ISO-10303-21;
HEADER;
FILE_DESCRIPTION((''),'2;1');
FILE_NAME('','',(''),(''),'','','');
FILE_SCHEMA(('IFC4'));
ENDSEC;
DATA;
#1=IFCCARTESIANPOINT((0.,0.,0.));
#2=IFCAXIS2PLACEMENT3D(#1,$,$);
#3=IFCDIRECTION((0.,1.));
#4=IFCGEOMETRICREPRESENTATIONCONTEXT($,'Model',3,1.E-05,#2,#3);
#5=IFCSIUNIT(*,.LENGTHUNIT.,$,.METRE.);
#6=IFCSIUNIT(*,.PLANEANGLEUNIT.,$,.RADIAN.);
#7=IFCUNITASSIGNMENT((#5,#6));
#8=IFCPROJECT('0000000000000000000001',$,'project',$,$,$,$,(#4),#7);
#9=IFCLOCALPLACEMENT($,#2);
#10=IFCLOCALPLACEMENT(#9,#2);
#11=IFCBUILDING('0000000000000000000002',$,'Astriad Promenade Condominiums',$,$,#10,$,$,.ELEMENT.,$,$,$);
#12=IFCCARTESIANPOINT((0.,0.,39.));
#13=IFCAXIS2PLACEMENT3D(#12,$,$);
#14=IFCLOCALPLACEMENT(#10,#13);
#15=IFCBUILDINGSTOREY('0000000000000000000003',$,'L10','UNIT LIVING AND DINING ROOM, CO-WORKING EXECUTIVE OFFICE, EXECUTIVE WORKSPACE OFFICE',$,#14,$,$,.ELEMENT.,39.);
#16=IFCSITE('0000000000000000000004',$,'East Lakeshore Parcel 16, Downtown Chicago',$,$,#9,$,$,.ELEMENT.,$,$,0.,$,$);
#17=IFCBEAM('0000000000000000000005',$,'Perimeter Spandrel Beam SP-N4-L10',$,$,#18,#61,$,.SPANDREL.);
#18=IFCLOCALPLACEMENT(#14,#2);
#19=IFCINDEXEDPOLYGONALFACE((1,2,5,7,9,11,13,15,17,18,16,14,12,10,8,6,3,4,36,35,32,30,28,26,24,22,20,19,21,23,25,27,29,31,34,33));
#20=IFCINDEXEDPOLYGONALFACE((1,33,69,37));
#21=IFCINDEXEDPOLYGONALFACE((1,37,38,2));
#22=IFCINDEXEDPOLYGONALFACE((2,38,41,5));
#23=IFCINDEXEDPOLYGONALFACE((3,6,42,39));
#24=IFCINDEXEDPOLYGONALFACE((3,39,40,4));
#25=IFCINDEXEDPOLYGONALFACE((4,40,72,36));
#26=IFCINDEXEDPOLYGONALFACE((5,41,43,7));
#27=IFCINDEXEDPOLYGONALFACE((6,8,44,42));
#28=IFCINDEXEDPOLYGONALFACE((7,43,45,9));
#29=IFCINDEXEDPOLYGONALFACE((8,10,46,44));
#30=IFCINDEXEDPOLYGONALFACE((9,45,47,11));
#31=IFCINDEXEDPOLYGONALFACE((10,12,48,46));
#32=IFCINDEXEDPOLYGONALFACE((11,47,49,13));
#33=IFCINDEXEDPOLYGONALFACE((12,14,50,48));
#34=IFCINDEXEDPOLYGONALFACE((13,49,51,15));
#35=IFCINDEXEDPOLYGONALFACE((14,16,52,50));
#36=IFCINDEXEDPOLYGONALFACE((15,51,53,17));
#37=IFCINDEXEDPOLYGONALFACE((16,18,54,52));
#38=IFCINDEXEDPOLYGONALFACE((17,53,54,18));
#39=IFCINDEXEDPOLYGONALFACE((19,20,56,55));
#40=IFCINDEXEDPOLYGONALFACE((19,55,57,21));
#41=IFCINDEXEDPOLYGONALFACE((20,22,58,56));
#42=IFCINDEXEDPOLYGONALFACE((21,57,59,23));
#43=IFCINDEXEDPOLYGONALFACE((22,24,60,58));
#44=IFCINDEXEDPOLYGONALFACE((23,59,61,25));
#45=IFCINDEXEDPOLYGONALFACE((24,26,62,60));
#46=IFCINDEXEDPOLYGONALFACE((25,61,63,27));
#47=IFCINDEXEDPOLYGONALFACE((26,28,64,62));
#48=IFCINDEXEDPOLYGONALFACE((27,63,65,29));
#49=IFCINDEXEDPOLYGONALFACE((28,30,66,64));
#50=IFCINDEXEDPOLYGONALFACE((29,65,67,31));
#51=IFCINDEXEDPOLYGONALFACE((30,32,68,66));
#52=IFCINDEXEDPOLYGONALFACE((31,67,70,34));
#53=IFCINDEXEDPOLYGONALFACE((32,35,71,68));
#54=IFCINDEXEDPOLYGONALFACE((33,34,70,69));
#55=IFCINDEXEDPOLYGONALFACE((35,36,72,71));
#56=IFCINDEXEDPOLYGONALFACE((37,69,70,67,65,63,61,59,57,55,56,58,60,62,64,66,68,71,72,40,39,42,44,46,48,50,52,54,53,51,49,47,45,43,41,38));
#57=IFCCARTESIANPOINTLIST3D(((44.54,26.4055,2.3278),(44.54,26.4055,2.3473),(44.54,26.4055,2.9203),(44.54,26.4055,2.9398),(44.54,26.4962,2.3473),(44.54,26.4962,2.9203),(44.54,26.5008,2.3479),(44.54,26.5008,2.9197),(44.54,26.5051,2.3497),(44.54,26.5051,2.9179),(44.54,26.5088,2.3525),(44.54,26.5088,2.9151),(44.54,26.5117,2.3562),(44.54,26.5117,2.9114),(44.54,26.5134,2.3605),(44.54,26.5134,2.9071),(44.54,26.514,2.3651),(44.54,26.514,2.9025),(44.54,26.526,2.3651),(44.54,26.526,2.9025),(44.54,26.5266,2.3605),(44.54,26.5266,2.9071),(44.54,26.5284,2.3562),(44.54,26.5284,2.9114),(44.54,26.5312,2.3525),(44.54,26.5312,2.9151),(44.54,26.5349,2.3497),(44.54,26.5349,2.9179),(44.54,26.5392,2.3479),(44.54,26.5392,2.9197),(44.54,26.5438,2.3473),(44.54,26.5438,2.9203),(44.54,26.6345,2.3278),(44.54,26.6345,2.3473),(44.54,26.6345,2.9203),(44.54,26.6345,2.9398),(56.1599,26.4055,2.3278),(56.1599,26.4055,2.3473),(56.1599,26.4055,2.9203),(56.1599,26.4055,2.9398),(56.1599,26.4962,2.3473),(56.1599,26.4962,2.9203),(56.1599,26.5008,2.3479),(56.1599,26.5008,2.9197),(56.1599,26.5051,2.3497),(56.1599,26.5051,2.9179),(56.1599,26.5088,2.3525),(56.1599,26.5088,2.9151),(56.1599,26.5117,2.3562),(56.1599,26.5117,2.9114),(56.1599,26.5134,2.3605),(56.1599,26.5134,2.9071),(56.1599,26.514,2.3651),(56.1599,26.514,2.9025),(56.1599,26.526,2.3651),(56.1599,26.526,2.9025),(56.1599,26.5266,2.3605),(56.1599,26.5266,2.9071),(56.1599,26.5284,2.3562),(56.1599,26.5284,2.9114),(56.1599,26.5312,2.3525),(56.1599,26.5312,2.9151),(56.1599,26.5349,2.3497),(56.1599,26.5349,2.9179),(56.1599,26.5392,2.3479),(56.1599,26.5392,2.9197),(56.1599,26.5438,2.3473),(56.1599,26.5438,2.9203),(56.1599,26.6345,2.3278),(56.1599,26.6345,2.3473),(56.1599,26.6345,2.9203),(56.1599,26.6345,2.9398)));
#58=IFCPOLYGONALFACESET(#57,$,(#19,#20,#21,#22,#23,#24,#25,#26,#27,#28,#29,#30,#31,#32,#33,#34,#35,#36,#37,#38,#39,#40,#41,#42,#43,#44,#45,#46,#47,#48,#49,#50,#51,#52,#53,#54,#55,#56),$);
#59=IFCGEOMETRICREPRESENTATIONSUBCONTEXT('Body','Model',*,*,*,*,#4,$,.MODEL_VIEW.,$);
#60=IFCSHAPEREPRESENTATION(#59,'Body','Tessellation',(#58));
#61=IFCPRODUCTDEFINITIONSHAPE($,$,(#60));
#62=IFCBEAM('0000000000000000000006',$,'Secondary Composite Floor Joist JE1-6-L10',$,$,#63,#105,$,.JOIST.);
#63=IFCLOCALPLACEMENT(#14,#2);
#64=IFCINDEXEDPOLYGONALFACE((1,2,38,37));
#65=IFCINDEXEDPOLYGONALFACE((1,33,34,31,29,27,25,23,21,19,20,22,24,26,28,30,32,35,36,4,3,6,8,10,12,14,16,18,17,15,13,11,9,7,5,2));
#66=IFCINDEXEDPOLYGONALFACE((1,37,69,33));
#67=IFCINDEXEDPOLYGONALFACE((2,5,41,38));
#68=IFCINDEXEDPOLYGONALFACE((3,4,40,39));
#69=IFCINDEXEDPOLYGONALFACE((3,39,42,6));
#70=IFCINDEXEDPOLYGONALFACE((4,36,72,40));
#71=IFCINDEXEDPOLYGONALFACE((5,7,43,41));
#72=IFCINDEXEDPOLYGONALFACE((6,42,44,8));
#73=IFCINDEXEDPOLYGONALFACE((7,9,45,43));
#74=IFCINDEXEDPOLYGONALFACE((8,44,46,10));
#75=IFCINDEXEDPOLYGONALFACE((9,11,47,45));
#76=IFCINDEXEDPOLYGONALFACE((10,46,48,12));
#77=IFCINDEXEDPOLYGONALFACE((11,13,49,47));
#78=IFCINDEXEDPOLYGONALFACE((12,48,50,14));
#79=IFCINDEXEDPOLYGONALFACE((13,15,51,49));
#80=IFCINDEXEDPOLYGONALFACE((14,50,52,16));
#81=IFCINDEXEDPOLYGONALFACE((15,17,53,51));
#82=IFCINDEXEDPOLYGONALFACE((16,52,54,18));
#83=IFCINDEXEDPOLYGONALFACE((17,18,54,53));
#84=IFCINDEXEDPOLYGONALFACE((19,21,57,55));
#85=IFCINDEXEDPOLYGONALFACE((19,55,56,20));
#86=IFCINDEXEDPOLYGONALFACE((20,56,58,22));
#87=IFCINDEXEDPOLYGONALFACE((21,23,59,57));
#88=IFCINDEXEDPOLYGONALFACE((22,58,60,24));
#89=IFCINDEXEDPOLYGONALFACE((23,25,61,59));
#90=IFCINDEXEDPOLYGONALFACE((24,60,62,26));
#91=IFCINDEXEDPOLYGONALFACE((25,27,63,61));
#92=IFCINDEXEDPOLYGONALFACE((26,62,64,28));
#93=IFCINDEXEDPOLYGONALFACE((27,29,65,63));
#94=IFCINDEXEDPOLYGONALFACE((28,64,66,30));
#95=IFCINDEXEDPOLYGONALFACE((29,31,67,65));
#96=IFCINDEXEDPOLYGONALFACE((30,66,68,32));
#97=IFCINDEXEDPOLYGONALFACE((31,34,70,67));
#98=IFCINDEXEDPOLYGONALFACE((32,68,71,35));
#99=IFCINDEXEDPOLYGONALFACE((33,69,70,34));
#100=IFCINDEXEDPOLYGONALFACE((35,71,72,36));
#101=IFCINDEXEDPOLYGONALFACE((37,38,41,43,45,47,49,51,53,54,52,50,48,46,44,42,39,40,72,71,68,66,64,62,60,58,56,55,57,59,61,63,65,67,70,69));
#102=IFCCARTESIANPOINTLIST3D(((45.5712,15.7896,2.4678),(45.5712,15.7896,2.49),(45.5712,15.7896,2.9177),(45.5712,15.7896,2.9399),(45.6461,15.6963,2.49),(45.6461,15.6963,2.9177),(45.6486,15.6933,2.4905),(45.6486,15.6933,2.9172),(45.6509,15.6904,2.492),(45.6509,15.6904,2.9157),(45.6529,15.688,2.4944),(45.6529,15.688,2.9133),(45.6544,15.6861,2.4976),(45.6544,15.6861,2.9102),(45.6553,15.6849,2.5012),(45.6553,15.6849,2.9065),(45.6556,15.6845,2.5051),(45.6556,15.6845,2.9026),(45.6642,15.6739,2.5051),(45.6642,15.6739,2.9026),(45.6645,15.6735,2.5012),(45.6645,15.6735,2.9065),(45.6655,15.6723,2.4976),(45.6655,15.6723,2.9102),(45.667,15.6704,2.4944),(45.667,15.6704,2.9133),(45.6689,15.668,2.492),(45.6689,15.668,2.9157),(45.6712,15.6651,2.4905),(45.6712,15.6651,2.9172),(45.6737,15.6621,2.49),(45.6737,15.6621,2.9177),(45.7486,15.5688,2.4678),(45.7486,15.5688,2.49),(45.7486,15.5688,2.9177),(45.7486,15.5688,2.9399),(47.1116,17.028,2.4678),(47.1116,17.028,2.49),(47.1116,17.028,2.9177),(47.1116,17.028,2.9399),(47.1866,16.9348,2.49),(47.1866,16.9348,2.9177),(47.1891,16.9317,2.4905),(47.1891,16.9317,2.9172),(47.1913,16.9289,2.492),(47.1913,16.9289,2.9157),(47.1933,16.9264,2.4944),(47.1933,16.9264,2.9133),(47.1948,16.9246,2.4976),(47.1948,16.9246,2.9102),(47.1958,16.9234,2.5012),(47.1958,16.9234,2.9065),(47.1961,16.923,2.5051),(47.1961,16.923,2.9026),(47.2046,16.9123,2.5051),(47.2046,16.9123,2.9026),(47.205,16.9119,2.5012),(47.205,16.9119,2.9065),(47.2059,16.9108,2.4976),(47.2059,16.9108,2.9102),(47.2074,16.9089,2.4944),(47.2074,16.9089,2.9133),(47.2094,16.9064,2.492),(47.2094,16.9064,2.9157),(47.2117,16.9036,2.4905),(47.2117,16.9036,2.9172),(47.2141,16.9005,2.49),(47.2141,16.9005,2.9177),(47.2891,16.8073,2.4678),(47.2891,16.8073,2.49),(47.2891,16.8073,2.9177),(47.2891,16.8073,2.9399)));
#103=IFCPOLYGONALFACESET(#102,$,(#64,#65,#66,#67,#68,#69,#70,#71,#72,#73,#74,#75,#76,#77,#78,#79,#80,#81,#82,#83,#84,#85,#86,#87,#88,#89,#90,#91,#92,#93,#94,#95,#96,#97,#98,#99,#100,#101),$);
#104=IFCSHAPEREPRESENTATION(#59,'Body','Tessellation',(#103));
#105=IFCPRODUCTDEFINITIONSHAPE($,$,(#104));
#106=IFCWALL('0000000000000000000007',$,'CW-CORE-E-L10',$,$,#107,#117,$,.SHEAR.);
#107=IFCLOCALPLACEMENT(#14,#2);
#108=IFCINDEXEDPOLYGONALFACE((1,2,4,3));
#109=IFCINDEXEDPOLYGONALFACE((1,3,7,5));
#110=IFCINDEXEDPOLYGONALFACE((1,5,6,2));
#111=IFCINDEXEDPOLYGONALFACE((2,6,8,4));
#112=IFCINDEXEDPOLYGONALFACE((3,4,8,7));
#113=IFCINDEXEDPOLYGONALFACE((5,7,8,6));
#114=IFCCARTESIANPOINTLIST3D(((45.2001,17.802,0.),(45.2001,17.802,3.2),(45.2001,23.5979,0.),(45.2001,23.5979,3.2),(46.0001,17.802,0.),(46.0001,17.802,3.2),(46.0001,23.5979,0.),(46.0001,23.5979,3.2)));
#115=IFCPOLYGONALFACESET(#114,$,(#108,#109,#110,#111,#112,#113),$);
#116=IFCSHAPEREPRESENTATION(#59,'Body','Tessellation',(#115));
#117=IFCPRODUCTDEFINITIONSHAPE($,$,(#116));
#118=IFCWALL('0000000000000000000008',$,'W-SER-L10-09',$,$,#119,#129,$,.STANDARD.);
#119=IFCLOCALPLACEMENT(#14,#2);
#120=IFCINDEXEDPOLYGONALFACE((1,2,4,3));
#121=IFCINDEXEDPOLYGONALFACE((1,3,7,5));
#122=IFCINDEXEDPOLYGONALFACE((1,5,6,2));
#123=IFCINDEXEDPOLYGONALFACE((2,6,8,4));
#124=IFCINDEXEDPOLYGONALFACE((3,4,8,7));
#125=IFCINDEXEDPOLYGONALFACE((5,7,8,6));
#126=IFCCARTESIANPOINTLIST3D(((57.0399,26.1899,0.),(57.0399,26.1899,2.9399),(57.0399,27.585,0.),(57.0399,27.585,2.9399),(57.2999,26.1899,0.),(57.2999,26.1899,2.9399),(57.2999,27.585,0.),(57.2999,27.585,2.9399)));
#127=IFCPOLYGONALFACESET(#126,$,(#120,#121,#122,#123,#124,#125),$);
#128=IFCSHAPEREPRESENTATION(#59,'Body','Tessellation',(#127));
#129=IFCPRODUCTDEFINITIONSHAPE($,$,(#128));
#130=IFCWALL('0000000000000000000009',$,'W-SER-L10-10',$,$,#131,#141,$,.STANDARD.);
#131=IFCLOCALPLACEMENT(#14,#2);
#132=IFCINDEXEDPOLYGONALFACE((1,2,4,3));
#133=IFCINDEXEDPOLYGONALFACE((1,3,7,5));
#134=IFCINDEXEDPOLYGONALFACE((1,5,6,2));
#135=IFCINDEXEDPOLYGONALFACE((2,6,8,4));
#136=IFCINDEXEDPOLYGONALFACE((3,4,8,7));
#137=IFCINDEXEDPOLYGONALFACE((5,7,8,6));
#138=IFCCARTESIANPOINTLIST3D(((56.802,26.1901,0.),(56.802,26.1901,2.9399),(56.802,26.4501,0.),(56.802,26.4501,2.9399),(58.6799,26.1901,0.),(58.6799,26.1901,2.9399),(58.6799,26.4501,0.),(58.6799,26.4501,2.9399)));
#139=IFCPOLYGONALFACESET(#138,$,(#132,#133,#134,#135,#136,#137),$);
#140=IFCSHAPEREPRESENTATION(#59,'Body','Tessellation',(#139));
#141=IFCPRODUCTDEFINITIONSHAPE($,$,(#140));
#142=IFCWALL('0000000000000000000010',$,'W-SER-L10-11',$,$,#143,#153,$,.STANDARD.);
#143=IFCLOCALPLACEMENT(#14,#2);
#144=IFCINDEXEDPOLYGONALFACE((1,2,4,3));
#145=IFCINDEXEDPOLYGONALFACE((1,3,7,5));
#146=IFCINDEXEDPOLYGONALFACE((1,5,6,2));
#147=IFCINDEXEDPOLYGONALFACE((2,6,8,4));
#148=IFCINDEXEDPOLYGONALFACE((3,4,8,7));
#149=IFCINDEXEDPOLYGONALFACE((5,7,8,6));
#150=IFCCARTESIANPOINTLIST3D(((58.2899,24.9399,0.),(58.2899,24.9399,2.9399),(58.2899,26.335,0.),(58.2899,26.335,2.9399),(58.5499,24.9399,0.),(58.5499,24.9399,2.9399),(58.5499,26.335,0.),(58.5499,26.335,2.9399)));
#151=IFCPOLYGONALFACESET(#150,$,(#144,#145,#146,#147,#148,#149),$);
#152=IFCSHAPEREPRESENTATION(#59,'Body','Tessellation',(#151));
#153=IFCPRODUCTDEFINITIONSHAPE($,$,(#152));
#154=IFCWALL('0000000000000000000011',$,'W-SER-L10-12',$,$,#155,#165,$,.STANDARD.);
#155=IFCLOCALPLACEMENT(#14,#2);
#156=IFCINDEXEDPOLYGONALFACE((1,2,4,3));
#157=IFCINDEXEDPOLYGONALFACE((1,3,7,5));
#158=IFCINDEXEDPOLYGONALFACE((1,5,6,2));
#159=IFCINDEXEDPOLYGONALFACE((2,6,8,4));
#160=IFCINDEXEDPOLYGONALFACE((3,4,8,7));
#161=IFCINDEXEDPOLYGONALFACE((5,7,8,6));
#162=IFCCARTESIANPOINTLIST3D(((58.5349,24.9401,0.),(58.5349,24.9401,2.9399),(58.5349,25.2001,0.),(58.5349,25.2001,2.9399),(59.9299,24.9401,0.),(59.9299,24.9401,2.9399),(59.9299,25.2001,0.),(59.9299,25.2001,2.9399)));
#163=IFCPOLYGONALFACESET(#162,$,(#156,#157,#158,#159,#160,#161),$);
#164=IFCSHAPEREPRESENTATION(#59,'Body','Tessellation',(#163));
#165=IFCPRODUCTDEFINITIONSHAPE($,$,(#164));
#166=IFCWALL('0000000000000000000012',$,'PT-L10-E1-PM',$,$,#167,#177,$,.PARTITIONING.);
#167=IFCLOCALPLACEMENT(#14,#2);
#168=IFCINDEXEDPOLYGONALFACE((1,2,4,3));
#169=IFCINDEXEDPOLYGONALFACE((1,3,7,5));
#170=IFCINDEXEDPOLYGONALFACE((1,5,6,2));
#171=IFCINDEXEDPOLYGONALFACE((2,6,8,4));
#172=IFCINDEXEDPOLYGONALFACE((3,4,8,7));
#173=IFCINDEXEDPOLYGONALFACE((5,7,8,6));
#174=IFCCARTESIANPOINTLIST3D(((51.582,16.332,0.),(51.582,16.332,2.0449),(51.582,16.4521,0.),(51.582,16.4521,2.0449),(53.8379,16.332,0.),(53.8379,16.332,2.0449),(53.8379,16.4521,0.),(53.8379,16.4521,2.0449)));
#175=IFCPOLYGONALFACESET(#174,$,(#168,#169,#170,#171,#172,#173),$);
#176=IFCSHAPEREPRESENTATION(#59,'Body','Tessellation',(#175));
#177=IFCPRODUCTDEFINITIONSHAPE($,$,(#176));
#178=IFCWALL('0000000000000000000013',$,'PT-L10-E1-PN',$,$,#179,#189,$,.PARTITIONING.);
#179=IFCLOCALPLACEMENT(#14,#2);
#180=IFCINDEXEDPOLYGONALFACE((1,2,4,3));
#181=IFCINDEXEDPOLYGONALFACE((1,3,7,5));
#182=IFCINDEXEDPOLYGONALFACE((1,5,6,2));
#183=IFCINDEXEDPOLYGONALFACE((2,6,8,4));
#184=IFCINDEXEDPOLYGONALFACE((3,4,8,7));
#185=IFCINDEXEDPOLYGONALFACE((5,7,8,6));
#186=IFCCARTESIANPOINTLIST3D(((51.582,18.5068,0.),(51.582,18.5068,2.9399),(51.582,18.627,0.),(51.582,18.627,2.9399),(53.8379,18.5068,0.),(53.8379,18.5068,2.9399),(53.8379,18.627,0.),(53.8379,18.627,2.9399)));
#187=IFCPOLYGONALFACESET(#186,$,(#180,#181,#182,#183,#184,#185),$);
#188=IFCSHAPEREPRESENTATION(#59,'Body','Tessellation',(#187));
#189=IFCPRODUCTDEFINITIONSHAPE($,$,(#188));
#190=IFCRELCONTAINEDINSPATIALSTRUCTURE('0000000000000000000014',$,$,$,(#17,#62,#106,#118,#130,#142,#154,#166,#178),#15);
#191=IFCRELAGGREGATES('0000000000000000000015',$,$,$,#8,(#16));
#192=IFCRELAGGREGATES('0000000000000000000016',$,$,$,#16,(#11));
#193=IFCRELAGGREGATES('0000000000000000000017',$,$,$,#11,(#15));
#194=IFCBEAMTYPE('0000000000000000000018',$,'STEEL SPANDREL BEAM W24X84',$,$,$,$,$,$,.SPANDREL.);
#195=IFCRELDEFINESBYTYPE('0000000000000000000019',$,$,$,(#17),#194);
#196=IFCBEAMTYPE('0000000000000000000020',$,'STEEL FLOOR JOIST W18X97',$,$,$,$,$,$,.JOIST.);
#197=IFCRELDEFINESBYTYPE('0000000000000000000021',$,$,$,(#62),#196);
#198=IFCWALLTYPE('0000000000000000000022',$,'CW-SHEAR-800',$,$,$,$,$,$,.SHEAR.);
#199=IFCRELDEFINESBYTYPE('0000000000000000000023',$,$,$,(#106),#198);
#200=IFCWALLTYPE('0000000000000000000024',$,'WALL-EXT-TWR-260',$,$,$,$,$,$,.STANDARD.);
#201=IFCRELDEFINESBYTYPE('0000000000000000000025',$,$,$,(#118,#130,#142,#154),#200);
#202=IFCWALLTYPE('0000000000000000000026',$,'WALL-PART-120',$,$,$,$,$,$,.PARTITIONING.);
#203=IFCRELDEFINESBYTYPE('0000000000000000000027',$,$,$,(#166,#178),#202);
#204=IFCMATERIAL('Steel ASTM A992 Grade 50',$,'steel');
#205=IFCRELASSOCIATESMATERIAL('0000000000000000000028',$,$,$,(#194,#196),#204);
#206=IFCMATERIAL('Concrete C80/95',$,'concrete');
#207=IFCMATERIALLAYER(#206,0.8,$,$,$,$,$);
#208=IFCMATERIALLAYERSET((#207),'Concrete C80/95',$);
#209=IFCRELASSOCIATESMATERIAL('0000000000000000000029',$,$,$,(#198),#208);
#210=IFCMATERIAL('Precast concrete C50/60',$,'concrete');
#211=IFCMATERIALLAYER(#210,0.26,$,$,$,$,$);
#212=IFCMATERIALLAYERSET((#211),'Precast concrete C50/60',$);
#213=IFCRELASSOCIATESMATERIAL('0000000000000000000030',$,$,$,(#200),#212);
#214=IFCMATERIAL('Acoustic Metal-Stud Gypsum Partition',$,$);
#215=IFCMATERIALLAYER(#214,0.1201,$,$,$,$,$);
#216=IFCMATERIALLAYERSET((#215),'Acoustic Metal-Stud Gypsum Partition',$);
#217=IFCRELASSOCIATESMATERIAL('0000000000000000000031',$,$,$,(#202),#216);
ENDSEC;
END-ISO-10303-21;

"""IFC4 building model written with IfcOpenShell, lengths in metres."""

from ifc_helpers import new_model, si_unit, direction, frame, frame_2d, origin, origin_2d, place, context, subcontext, project, spatial, rectangle, i_section, extrude, source, transform, mapped, material, layer, layer_set, material_profile, profile_set, type_object, type_shapes, element, save


model = new_model("IFC4")

# Units and contexts
model_context = context("Model", 3, precision=1e-05, world=origin(), true_north=direction((0.0, 1.0)))
body_context = subcontext(model_context, "Body", "Model", "MODEL_VIEW")
ifc_project = project(units=[si_unit("LENGTHUNIT", "METRE"), si_unit("PLANEANGLEUNIT", "RADIAN")], contexts=[model_context])

# Site, building, storey
site_placement = place(None, origin())
site = spatial("IfcSite", under=ifc_project, at=site_placement, Name="East Lakeshore Parcel 16, Downtown Chicago", CompositionType="ELEMENT", RefElevation=0.0)
building_placement = place(site_placement, origin())
building = spatial("IfcBuilding", under=site, at=building_placement, Name="Astriad Promenade Condominiums", CompositionType="ELEMENT")
storey_placement = place(building_placement, frame((0.0, 0.0, 39.0)))
storey = spatial("IfcBuildingStorey", under=building, at=storey_placement, Name="L10", Description="UNIT LIVING AND DINING ROOM, CO-WORKING EXECUTIVE OFFICE, EXECUTIVE WORKSPACE OFFICE", CompositionType="ELEMENT", Elevation=39.0)

# Shared definitions
ifc_material_1 = material(Name="Steel ASTM A992 Grade 50", Category="steel")
ifc_material_2 = material(Name="Concrete C80/95", Category="concrete")

# Beams
ifc_material_profile_1 = material_profile(ifc_material_1, i_section(OverallWidth=0.229, OverallDepth=0.6121, WebThickness=0.012, FlangeThickness=0.0195, FilletRadius=0.0178, at=origin_2d()), Name="W24X84")
ifc_profile_set_1 = profile_set([ifc_material_profile_1], Name="Steel ASTM A992 Grade 50")
beam_type_1 = type_object("IfcBeamType", Name="STEEL SPANDREL BEAM W24X84", PredefinedType="SPANDREL", material=ifc_profile_set_1)
shared_shape_1 = source(origin(), body_context, "Body", "SweptSolid", [
    extrude(i_section(OverallWidth=0.229, OverallDepth=0.6121, WebThickness=0.012, FlangeThickness=0.0195, FilletRadius=0.0178, at=origin_2d()), origin(), (0.0, 0.0, 1.0), 11.6199),
])
type_shapes(beam_type_1, [shared_shape_1])
beam_1_placement = place(storey_placement, frame((56.1599, 26.52, 2.6338), z_axis=(-1.0, 0.0, 0.0), x_axis=(0.0, -1.0, 0.0)))
element("IfcBeam", 1, at=beam_1_placement, inside=storey, type_object=beam_type_1, Name="Perimeter Spandrel Beam SP-N4-L10", PredefinedType="SPANDREL", context=body_context, shape_type="MappedRepresentation", body=[
    mapped(shared_shape_1, transform((0.0, 0.0, 0.0), scale=1.0)),
])
ifc_material_profile_2 = material_profile(ifc_material_1, i_section(OverallWidth=0.2832, OverallDepth=0.4722, WebThickness=0.0137, FlangeThickness=0.0222, FilletRadius=0.0151, at=origin_2d()), Name="W18X97")
ifc_profile_set_2 = profile_set([ifc_material_profile_2], Name="Steel ASTM A992 Grade 50")
beam_type_2 = type_object("IfcBeamType", Name="STEEL FLOOR JOIST W18X97", PredefinedType="JOIST", material=ifc_profile_set_2)
shared_shape_2 = source(origin(), body_context, "Body", "SweptSolid", [
    extrude(i_section(OverallWidth=0.2832, OverallDepth=0.4722, WebThickness=0.0137, FlangeThickness=0.0222, FilletRadius=0.0151, at=origin_2d()), origin(), (0.0, 0.0, 1.0), 1.9766),
])
type_shapes(beam_type_2, [shared_shape_2])
beam_2_placement = place(storey_placement, frame((45.6599, 15.6792, 2.7039), z_axis=(0.77936, 0.626576, 0.0), x_axis=(-0.626576, 0.77936, 0.0)))
element("IfcBeam", 2, at=beam_2_placement, inside=storey, type_object=beam_type_2, Name="Secondary Composite Floor Joist JE1-6-L10", PredefinedType="JOIST", context=body_context, shape_type="MappedRepresentation", body=[
    mapped(shared_shape_2, transform((0.0, 0.0, 0.0), scale=1.0)),
])

# Walls
ifc_layer_1 = layer(ifc_material_2, 0.8)
ifc_layer_set_1 = layer_set([ifc_layer_1], Name="Concrete C80/95")
wall_type_1 = type_object("IfcWallType", Name="CW-SHEAR-800", PredefinedType="SHEAR", material=ifc_layer_set_1)
wall_1_placement = place(storey_placement, frame((45.6001, 17.802, 0.0), z_axis=(0.0, 0.0, 1.0), x_axis=(0.0, 1.0, 0.0)))
element("IfcWall", 3, at=wall_1_placement, inside=storey, type_object=wall_type_1, Name="CW-CORE-E-L10", PredefinedType="SHEAR", context=body_context, shape_type="SweptSolid", body=[
    extrude(rectangle(XDim=5.7959, YDim=0.8, at=frame_2d((2.8979, 0.0))), origin(), (0.0, 0.0, 1.0), 3.2),
])
ifc_material_3 = material(Name="Precast concrete C50/60", Category="concrete")
ifc_layer_2 = layer(ifc_material_3, 0.26)
ifc_layer_set_2 = layer_set([ifc_layer_2], Name="Precast concrete C50/60")
wall_type_2 = type_object("IfcWallType", Name="WALL-EXT-TWR-260", PredefinedType="STANDARD", material=ifc_layer_set_2)
wall_2_placement = place(storey_placement, frame((57.1699, 27.585, 0.0), z_axis=(0.0, 0.0, 1.0), x_axis=(0.0, -1.0, 0.0)))
element("IfcWall", 4, at=wall_2_placement, inside=storey, type_object=wall_type_2, Name="W-SER-L10-09", PredefinedType="STANDARD", context=body_context, shape_type="SweptSolid", body=[
    extrude(rectangle(XDim=1.395, YDim=0.26, at=frame_2d((0.6975, 0.0))), origin(), (0.0, 0.0, 1.0), 2.9399),
])
wall_3_placement = place(storey_placement, frame((56.802, 26.3201, 0.0), z_axis=(0.0, 0.0, 1.0), x_axis=(1.0, 0.0, 0.0)))
element("IfcWall", 5, at=wall_3_placement, inside=storey, type_object=wall_type_2, Name="W-SER-L10-10", PredefinedType="STANDARD", context=body_context, shape_type="SweptSolid", body=[
    extrude(rectangle(XDim=1.8779, YDim=0.26, at=frame_2d((0.939, 0.0))), origin(), (0.0, 0.0, 1.0), 2.9399),
])
for number, where, z_axis, x_axis, name in (
    (6, (58.4199, 26.335, 0.0), (0.0, 0.0, 1.0), (0.0, -1.0, 0.0), "W-SER-L10-11"),
    (7, (58.5349, 25.0701, 0.0), (0.0, 0.0, 1.0), (1.0, 0.0, 0.0), "W-SER-L10-12"),
):
    element("IfcWall", number, at=place(storey_placement, frame(where, z_axis=z_axis, x_axis=x_axis)), inside=storey, type_object=wall_type_2, Name=name, PredefinedType="STANDARD", context=body_context, shape_type="SweptSolid", body=[
        extrude(rectangle(XDim=1.395, YDim=0.26, at=frame_2d((0.6975, 0.0))), origin(), (0.0, 0.0, 1.0), 2.9399),
    ])
ifc_material_4 = material(Name="Acoustic Metal-Stud Gypsum Partition")
ifc_layer_3 = layer(ifc_material_4, 0.1201)
ifc_layer_set_3 = layer_set([ifc_layer_3], Name="Acoustic Metal-Stud Gypsum Partition")
wall_type_3 = type_object("IfcWallType", Name="WALL-PART-120", PredefinedType="PARTITIONING", material=ifc_layer_set_3)
wall_4_placement = place(storey_placement, frame((51.582, 16.3921, 0.0), z_axis=(0.0, 0.0, 1.0), x_axis=(1.0, 0.0, 0.0)))
element("IfcWall", 8, at=wall_4_placement, inside=storey, type_object=wall_type_3, Name="PT-L10-E1-PM", PredefinedType="PARTITIONING", context=body_context, shape_type="SweptSolid", body=[
    extrude(rectangle(XDim=2.2559, YDim=0.1201, at=frame_2d((1.1279, 0.0))), origin(), (0.0, 0.0, 1.0), 2.0449),
])
wall_5_placement = place(storey_placement, frame((51.582, 18.5669, 0.0), z_axis=(0.0, 0.0, 1.0), x_axis=(1.0, 0.0, 0.0)))
element("IfcWall", 9, at=wall_5_placement, inside=storey, type_object=wall_type_3, Name="PT-L10-E1-PN", PredefinedType="PARTITIONING", context=body_context, shape_type="SweptSolid", body=[
    extrude(rectangle(XDim=2.2559, YDim=0.1201, at=frame_2d((1.1279, 0.0))), origin(), (0.0, 0.0, 1.0), 2.9399),
])

save(model, "model.ifc")
